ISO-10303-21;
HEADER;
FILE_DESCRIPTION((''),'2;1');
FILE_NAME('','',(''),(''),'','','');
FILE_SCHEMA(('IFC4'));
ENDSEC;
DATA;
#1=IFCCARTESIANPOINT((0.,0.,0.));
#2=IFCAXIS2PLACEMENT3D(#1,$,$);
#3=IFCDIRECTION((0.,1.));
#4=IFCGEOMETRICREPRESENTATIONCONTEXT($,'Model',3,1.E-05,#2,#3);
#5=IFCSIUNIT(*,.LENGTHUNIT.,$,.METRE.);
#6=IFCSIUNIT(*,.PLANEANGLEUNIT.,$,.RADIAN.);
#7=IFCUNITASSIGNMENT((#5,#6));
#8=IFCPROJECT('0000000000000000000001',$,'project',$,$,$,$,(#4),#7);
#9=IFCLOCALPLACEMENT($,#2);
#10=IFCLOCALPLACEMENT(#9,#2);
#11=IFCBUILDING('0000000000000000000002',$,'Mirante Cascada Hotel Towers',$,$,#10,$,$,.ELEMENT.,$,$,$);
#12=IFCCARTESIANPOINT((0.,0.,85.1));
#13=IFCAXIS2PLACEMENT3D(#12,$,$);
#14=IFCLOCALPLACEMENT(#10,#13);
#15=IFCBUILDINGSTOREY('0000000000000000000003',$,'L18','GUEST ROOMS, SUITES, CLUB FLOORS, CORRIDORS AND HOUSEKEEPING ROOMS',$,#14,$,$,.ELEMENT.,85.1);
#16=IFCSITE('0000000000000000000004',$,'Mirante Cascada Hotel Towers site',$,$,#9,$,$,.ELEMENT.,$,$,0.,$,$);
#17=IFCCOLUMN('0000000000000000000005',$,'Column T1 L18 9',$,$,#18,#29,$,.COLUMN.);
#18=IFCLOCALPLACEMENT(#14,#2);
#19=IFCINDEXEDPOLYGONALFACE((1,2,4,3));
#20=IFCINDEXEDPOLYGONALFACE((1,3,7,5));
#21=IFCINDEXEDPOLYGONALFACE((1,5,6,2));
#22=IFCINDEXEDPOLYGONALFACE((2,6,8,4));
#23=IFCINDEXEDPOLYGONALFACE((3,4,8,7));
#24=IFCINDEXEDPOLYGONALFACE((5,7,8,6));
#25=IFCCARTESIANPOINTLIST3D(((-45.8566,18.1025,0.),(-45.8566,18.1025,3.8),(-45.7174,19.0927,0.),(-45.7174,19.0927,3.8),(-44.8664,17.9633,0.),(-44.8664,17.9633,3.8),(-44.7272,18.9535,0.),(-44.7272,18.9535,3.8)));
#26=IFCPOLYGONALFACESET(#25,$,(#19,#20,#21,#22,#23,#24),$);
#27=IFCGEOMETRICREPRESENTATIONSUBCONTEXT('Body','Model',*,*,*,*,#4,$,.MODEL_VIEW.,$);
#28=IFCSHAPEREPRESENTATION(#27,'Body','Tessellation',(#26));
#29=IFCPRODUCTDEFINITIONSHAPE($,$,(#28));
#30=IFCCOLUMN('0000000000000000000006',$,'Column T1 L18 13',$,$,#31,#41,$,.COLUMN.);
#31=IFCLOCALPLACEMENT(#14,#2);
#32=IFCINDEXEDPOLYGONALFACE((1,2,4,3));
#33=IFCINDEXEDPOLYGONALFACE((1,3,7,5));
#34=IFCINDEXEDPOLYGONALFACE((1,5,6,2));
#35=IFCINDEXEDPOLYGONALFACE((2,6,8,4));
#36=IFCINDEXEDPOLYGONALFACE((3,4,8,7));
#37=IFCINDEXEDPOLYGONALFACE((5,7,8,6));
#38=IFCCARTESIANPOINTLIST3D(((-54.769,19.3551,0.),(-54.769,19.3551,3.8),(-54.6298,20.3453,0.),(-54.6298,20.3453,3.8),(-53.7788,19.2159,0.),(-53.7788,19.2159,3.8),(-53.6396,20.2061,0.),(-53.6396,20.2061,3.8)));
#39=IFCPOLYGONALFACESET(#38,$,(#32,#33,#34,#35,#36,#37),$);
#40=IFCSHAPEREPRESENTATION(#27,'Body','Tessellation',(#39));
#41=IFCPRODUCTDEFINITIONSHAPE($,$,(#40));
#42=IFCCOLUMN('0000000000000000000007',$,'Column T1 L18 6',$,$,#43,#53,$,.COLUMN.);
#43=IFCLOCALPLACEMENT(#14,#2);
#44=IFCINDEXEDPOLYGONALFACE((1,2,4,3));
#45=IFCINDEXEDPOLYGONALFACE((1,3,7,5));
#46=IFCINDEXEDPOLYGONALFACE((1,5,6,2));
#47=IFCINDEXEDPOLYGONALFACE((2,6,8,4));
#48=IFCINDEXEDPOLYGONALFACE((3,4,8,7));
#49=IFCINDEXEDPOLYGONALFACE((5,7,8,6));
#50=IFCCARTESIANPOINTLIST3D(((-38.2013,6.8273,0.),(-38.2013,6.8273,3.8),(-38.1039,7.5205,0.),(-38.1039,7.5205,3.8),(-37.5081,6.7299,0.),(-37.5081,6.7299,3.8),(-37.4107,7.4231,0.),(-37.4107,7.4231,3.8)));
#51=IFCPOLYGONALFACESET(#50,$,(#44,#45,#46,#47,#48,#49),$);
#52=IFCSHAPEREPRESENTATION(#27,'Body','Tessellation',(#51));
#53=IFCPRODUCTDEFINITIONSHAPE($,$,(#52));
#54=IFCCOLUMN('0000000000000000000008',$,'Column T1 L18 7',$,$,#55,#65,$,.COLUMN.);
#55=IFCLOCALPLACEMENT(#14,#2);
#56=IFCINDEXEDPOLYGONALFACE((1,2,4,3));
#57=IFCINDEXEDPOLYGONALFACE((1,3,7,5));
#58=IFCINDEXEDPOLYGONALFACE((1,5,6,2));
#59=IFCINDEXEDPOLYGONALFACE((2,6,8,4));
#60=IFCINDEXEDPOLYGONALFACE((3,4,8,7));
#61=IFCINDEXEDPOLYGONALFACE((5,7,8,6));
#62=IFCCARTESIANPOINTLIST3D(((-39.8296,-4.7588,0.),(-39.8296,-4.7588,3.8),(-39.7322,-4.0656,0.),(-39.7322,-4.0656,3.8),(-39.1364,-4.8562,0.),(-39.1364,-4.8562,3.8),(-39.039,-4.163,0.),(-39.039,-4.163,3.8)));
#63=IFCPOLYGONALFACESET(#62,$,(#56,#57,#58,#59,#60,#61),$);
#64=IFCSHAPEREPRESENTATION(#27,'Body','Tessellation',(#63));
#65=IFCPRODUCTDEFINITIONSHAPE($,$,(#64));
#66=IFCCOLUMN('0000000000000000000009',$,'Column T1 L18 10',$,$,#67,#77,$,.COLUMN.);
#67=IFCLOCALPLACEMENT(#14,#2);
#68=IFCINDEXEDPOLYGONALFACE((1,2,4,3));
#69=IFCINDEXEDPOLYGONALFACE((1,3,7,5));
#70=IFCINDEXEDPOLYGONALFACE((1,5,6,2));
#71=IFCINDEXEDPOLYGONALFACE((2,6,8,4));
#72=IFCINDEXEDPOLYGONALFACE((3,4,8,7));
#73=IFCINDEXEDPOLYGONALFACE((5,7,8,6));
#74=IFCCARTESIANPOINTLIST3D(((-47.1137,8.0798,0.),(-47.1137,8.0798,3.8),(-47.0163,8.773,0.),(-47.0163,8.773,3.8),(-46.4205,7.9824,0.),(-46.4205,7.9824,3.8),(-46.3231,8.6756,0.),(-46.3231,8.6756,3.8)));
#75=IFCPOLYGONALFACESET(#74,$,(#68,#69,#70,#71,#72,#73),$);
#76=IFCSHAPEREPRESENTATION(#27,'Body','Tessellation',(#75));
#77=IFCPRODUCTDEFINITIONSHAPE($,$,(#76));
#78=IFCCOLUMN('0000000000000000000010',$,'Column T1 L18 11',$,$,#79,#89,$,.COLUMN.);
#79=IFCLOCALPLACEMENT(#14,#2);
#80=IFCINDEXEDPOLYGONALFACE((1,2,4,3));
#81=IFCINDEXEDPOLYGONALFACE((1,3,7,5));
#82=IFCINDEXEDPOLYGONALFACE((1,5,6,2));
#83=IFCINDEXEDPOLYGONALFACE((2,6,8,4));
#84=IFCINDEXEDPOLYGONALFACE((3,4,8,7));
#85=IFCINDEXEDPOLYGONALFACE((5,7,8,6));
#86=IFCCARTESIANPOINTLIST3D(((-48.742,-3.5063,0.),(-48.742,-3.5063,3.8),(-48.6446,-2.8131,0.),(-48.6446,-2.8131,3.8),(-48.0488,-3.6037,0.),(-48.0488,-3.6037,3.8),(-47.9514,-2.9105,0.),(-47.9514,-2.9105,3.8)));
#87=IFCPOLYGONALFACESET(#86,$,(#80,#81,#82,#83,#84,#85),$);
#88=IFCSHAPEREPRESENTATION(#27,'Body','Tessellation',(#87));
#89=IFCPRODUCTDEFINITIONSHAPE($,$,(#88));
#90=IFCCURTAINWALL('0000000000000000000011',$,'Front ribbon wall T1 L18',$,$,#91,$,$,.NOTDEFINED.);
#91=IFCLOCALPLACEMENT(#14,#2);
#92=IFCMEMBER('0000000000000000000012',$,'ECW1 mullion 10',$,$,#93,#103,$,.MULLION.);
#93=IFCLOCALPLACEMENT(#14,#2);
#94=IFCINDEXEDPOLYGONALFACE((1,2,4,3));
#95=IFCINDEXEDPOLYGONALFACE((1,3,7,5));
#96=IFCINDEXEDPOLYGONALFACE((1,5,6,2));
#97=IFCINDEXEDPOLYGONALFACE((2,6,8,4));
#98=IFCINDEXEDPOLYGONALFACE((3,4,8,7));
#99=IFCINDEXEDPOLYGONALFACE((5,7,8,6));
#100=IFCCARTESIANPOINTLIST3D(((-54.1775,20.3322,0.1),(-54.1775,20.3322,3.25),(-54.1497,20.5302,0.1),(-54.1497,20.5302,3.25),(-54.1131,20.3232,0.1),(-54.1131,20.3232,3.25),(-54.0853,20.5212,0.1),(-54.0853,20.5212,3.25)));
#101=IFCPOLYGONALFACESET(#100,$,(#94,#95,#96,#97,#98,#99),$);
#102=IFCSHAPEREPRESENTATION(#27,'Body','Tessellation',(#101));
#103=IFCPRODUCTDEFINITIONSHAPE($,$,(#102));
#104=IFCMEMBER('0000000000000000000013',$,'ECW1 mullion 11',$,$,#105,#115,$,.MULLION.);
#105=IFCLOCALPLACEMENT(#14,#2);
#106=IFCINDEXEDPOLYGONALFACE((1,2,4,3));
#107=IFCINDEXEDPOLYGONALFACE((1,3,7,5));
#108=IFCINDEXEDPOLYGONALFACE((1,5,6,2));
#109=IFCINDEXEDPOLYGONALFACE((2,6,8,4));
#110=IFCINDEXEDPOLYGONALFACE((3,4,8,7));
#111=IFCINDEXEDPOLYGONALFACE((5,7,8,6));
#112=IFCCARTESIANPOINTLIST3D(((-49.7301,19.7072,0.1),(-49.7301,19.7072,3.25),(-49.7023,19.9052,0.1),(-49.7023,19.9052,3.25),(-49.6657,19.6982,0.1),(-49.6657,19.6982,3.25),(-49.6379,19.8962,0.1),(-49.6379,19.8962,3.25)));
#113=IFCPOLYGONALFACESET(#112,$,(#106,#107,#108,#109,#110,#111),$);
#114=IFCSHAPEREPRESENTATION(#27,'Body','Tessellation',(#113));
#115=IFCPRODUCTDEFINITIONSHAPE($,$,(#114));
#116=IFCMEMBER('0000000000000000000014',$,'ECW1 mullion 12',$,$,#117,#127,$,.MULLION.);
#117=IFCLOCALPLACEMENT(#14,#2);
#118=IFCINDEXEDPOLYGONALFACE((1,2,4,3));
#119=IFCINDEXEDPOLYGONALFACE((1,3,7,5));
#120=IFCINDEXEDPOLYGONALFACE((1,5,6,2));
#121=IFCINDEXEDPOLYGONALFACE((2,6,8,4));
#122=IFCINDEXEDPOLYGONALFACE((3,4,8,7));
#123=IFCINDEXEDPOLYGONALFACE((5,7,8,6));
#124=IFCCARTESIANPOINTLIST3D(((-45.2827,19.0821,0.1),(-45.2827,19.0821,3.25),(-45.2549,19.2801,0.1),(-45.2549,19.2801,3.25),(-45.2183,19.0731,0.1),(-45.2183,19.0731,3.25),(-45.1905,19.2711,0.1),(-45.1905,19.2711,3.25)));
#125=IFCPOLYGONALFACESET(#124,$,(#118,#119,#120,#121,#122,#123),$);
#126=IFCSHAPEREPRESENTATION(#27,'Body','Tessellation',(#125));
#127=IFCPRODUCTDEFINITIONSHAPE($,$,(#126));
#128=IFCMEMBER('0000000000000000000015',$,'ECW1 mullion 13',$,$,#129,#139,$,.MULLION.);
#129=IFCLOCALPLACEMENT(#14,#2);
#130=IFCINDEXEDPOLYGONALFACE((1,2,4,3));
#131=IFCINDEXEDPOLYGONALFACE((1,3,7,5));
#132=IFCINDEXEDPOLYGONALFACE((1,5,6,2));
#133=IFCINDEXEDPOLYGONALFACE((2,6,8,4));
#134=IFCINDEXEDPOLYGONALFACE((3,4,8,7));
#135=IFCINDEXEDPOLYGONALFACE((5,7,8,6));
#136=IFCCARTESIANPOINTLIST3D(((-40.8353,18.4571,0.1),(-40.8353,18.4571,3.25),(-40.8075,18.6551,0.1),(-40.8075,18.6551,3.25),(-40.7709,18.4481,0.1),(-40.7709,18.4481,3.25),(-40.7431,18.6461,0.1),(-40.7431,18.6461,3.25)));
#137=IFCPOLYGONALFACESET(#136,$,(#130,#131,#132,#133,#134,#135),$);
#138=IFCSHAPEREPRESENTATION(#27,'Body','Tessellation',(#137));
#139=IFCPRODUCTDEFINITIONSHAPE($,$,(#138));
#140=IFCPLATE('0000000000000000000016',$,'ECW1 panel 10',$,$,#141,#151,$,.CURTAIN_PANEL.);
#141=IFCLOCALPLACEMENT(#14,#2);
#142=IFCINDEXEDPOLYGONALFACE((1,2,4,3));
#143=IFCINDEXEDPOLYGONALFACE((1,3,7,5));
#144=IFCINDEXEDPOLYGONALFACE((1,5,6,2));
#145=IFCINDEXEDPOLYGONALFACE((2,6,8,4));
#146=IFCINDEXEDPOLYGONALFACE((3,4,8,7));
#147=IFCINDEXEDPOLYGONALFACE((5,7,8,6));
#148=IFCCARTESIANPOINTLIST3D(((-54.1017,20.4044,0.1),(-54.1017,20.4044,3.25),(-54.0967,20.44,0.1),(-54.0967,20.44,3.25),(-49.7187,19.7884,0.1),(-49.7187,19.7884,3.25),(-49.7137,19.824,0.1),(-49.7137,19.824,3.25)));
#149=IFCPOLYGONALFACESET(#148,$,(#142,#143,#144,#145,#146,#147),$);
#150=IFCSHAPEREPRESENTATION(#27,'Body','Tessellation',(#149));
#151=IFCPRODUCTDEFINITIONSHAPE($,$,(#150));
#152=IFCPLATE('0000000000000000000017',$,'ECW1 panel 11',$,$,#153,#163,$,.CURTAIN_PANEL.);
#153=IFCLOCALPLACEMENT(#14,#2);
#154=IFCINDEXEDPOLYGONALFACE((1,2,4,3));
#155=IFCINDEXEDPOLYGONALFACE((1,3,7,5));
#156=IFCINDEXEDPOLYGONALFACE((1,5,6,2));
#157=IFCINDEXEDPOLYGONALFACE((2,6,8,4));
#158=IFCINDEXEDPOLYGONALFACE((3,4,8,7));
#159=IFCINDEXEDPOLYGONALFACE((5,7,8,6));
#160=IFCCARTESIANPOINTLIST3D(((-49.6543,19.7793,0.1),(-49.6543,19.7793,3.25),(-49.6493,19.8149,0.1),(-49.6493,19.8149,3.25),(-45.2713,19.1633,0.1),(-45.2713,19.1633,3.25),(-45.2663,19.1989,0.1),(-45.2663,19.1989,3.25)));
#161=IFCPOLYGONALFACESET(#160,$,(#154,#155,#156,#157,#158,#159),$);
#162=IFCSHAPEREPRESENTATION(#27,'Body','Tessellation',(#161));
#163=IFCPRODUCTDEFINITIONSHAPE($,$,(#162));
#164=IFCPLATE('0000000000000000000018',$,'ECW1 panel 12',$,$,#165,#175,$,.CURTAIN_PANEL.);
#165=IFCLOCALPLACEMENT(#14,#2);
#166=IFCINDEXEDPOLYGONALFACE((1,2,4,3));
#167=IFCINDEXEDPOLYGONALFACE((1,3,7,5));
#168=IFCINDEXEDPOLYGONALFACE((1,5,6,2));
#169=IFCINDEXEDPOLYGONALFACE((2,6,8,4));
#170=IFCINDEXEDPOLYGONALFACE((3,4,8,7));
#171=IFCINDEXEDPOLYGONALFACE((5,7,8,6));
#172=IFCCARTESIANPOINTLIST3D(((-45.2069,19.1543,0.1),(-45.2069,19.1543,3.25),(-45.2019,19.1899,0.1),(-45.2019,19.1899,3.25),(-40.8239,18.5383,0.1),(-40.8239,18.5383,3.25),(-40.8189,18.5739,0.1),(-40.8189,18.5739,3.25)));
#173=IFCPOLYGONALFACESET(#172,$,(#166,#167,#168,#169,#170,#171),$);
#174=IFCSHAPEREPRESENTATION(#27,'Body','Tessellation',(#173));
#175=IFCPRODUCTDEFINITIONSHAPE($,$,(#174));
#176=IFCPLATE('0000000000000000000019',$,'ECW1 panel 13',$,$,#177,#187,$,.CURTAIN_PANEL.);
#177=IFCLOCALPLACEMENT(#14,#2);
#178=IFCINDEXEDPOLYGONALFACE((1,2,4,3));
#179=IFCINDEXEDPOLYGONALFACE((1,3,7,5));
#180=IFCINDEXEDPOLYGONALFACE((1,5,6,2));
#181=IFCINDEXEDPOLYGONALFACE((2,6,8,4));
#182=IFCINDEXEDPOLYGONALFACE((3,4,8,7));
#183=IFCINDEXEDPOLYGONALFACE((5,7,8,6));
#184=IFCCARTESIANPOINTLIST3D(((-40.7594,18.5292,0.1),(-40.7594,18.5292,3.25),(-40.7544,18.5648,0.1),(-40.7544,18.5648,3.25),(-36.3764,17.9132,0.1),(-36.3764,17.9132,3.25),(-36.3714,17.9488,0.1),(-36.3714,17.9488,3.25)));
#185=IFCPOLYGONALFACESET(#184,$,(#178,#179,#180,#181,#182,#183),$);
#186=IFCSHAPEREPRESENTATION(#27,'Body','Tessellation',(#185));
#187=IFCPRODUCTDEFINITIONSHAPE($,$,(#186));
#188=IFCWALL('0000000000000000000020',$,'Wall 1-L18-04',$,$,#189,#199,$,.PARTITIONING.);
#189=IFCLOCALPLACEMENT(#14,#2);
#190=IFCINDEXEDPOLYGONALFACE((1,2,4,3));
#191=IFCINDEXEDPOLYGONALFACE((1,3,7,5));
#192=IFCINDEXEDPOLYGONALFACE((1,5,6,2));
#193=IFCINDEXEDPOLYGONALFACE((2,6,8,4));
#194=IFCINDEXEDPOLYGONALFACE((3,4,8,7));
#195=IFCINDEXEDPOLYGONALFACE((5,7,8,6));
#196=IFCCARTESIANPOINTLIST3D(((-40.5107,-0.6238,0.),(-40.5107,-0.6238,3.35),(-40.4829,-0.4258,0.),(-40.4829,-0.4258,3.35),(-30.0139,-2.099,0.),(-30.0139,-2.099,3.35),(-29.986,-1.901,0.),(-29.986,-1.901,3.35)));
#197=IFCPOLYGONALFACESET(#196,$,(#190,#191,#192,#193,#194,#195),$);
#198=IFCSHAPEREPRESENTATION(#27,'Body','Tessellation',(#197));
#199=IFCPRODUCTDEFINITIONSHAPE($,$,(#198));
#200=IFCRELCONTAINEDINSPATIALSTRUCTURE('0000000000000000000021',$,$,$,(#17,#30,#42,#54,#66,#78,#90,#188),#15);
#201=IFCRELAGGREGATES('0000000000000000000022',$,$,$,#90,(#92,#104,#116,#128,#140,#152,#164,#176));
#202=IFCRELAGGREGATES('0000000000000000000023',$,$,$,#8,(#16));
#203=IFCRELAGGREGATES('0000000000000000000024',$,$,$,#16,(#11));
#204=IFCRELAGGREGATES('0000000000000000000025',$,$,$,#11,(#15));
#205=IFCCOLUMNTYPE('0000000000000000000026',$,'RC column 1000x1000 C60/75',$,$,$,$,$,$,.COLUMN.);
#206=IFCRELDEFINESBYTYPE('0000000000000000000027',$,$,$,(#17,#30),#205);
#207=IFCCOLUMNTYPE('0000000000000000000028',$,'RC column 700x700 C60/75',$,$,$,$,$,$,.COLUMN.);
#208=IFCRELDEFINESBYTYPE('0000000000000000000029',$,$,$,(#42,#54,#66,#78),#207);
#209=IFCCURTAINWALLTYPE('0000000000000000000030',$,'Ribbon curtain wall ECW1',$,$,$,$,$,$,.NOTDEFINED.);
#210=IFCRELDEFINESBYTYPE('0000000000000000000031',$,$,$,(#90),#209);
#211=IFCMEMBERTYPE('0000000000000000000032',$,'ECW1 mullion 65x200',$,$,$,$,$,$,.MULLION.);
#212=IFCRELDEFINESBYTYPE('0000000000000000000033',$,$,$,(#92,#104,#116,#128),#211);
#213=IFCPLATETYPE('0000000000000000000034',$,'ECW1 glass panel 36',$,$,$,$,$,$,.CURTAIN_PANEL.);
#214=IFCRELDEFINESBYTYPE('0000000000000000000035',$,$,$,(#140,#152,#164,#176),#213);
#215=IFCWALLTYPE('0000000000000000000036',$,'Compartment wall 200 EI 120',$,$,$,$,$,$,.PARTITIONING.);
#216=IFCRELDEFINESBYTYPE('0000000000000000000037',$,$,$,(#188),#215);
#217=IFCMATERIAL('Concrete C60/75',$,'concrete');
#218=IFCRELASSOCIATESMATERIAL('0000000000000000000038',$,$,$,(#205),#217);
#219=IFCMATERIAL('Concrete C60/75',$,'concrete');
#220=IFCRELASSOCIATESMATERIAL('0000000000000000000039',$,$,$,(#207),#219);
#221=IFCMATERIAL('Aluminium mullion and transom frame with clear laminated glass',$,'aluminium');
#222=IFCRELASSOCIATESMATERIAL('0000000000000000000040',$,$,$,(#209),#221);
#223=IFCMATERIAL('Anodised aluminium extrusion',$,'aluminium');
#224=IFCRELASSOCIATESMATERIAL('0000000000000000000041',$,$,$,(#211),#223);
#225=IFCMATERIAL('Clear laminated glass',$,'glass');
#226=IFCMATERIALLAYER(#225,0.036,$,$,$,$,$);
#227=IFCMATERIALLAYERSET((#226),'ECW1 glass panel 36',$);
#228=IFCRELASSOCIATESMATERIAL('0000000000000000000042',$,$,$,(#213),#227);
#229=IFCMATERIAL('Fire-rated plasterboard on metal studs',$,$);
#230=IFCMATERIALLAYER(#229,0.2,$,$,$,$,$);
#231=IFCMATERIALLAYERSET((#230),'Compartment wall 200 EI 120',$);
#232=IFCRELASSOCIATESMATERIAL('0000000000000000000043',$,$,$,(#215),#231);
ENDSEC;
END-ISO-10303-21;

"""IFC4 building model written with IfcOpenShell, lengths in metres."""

from ifc_helpers import new_model, si_unit, direction, frame, frame_2d, origin, origin_2d, place, context, subcontext, project, spatial, rectangle, extrude, material, layer, layer_set, material_profile, profile_set, type_object, element, aggregate, save


model = new_model("IFC4")

# Units and contexts
model_context = context("Model", 3, precision=1e-05, world=origin(), true_north=direction((0.0, 1.0)))
body_context = subcontext(model_context, "Body", "Model", "MODEL_VIEW")
ifc_project = project(units=[si_unit("LENGTHUNIT", "METRE"), si_unit("PLANEANGLEUNIT", "RADIAN")], contexts=[model_context])

# Site, building, storey
site_placement = place(None, origin())
site = spatial("IfcSite", under=ifc_project, at=site_placement, Name="Mirante Cascada Hotel Towers site", CompositionType="ELEMENT", RefElevation=0.0)
building_placement = place(site_placement, origin())
building = spatial("IfcBuilding", under=site, at=building_placement, Name="Mirante Cascada Hotel Towers", CompositionType="ELEMENT")
storey_placement = place(building_placement, frame((0.0, 0.0, 85.1)))
storey = spatial("IfcBuildingStorey", under=building, at=storey_placement, Name="L18", Description="GUEST ROOMS, SUITES, CLUB FLOORS, CORRIDORS AND HOUSEKEEPING ROOMS", CompositionType="ELEMENT", Elevation=85.1)

# Columns
ifc_material_1 = material(Name="Concrete C60/75", Category="concrete")
ifc_material_profile_1 = material_profile(ifc_material_1, rectangle(XDim=1.0, YDim=1.0, at=origin_2d()), Name="RC column 1000x1000 C60/75")
ifc_profile_set_1 = profile_set([ifc_material_profile_1], Name="Concrete C60/75")
column_type_1 = type_object("IfcColumnType", Name="RC column 1000x1000 C60/75", PredefinedType="COLUMN", material=ifc_profile_set_1)
for number, where, z_axis, x_axis, name in (
    (1, (-45.2919, 18.528, 0.0), (0.0, 0.0, 1.0), (-0.990268, 0.139173, 0.0), "Column T1 L18 9"),
    (2, (-54.2043, 19.7806, 0.0), (0.0, 0.0, 1.0), (-0.990268, 0.139173, 0.0), "Column T1 L18 13"),
):
    element("IfcColumn", number, at=place(storey_placement, frame(where, z_axis=z_axis, x_axis=x_axis)), inside=storey, type_object=column_type_1, Name=name, PredefinedType="COLUMN", context=body_context, shape_type="SweptSolid", body=[
        extrude(rectangle(XDim=1.0, YDim=1.0, at=origin_2d()), origin(), (0.0, 0.0, 1.0), 3.8),
    ])
ifc_material_2 = material(Name="Concrete C60/75", Category="concrete")
ifc_material_profile_2 = material_profile(ifc_material_2, rectangle(XDim=0.7, YDim=0.7, at=origin_2d()), Name="RC column 700x700 C60/75")
ifc_profile_set_2 = profile_set([ifc_material_profile_2], Name="Concrete C60/75")
column_type_2 = type_object("IfcColumnType", Name="RC column 700x700 C60/75", PredefinedType="COLUMN", material=ifc_profile_set_2)
for number, where, z_axis, x_axis, name in (
    (3, (-37.806, 7.1252, 0.0), (0.0, 0.0, 1.0), (-0.990268, 0.139173, 0.0), "Column T1 L18 6"),
    (4, (-39.4343, -4.4609, 0.0), (0.0, 0.0, 1.0), (-0.990268, 0.139173, 0.0), "Column T1 L18 7"),
    (5, (-46.7184, 8.3777, 0.0), (0.0, 0.0, 1.0), (-0.990268, 0.139173, 0.0), "Column T1 L18 10"),
    (6, (-48.3467, -3.2084, 0.0), (0.0, 0.0, 1.0), (-0.990268, 0.139173, 0.0), "Column T1 L18 11"),
):
    element("IfcColumn", number, at=place(storey_placement, frame(where, z_axis=z_axis, x_axis=x_axis)), inside=storey, type_object=column_type_2, Name=name, PredefinedType="COLUMN", context=body_context, shape_type="SweptSolid", body=[
        extrude(rectangle(XDim=0.7, YDim=0.7, at=origin_2d()), origin(), (0.0, 0.0, 1.0), 3.8),
    ])

# Curtain wall, members, plates
ifc_material_3 = material(Name="Aluminium mullion and transom frame with clear laminated glass", Category="aluminium")
curtain_wall_type = type_object("IfcCurtainWallType", Name="Ribbon curtain wall ECW1", PredefinedType="NOTDEFINED", material=ifc_material_3)
curtain_wall_placement = place(storey_placement, origin())
curtain_wall = element("IfcCurtainWall", 7, at=curtain_wall_placement, inside=storey, type_object=curtain_wall_type, Name="Front ribbon wall T1 L18", PredefinedType="NOTDEFINED")
ifc_material_4 = material(Name="Anodised aluminium extrusion", Category="aluminium")
ifc_material_profile_3 = material_profile(ifc_material_4, rectangle(XDim=0.2, YDim=0.065, at=origin_2d()), Name="ECW1 MULLION 65x200")
ifc_profile_set_3 = profile_set([ifc_material_profile_3], Name="Anodised aluminium extrusion")
member_type = type_object("IfcMemberType", Name="ECW1 mullion 65x200", PredefinedType="MULLION", material=ifc_profile_set_3)
member_1_placement = place(storey_placement, frame((-54.1314, 20.4267, 0.1), z_axis=(0.0, 0.0, 1.0), x_axis=(0.139173, 0.990268, 0.0)))
member_1 = element("IfcMember", 8, at=member_1_placement, type_object=member_type, Name="ECW1 mullion 10", PredefinedType="MULLION", context=body_context, shape_type="SweptSolid", body=[
    extrude(rectangle(XDim=0.2, YDim=0.065, at=origin_2d()), origin(), (0.0, 0.0, 1.0), 3.15),
])
member_2_placement = place(storey_placement, frame((-49.684, 19.8017, 0.1), z_axis=(0.0, 0.0, 1.0), x_axis=(0.139173, 0.990268, 0.0)))
member_2 = element("IfcMember", 9, at=member_2_placement, type_object=member_type, Name="ECW1 mullion 11", PredefinedType="MULLION", context=body_context, shape_type="SweptSolid", body=[
    extrude(rectangle(XDim=0.2, YDim=0.065, at=origin_2d()), origin(), (0.0, 0.0, 1.0), 3.15),
])
member_3_placement = place(storey_placement, frame((-45.2366, 19.1766, 0.1), z_axis=(0.0, 0.0, 1.0), x_axis=(0.139173, 0.990268, 0.0)))
member_3 = element("IfcMember", 10, at=member_3_placement, type_object=member_type, Name="ECW1 mullion 12", PredefinedType="MULLION", context=body_context, shape_type="SweptSolid", body=[
    extrude(rectangle(XDim=0.2, YDim=0.065, at=origin_2d()), origin(), (0.0, 0.0, 1.0), 3.15),
])
member_4_placement = place(storey_placement, frame((-40.7892, 18.5516, 0.1), z_axis=(0.0, 0.0, 1.0), x_axis=(0.139173, 0.990268, 0.0)))
member_4 = element("IfcMember", 11, at=member_4_placement, type_object=member_type, Name="ECW1 mullion 13", PredefinedType="MULLION", context=body_context, shape_type="SweptSolid", body=[
    extrude(rectangle(XDim=0.2, YDim=0.065, at=origin_2d()), origin(), (0.0, 0.0, 1.0), 3.15),
])
ifc_material_5 = material(Name="Clear laminated glass", Category="glass")
ifc_layer_1 = layer(ifc_material_5, 0.036)
ifc_layer_set_1 = layer_set([ifc_layer_1], Name="ECW1 glass panel 36")
plate_type = type_object("IfcPlateType", Name="ECW1 glass panel 36", PredefinedType="CURTAIN_PANEL", material=ifc_layer_set_1)
plate_1_placement = place(storey_placement, frame((-51.9077, 20.1142, 0.1), z_axis=(0.0, 0.0, 1.0), x_axis=(0.990268, -0.139173, 0.0)))
plate_1 = element("IfcPlate", 12, at=plate_1_placement, type_object=plate_type, Name="ECW1 panel 10", PredefinedType="CURTAIN_PANEL", context=body_context, shape_type="SweptSolid", body=[
    extrude(rectangle(XDim=4.4261, YDim=0.036, at=origin_2d()), origin(), (0.0, 0.0, 1.0), 3.15),
])
plate_2_placement = place(storey_placement, frame((-47.4603, 19.4891, 0.1), z_axis=(0.0, 0.0, 1.0), x_axis=(0.990268, -0.139173, 0.0)))
plate_2 = element("IfcPlate", 13, at=plate_2_placement, type_object=plate_type, Name="ECW1 panel 11", PredefinedType="CURTAIN_PANEL", context=body_context, shape_type="SweptSolid", body=[
    extrude(rectangle(XDim=4.4261, YDim=0.036, at=origin_2d()), origin(), (0.0, 0.0, 1.0), 3.15),
])
plate_3_placement = place(storey_placement, frame((-43.0129, 18.8641, 0.1), z_axis=(0.0, 0.0, 1.0), x_axis=(0.990268, -0.139173, 0.0)))
plate_3 = element("IfcPlate", 14, at=plate_3_placement, type_object=plate_type, Name="ECW1 panel 12", PredefinedType="CURTAIN_PANEL", context=body_context, shape_type="SweptSolid", body=[
    extrude(rectangle(XDim=4.4261, YDim=0.036, at=origin_2d()), origin(), (0.0, 0.0, 1.0), 3.15),
])
plate_4_placement = place(storey_placement, frame((-38.5654, 18.239, 0.1), z_axis=(0.0, 0.0, 1.0), x_axis=(0.990268, -0.139173, 0.0)))
plate_4 = element("IfcPlate", 15, at=plate_4_placement, type_object=plate_type, Name="ECW1 panel 13", PredefinedType="CURTAIN_PANEL", context=body_context, shape_type="SweptSolid", body=[
    extrude(rectangle(XDim=4.4261, YDim=0.036, at=origin_2d()), origin(), (0.0, 0.0, 1.0), 3.15),
])
aggregate(curtain_wall, [member_1, member_2, member_3, member_4, plate_1, plate_2, plate_3, plate_4])

# Wall
ifc_material_6 = material(Name="Fire-rated plasterboard on metal studs")
ifc_layer_2 = layer(ifc_material_6, 0.2)
ifc_layer_set_2 = layer_set([ifc_layer_2], Name="Compartment wall 200 EI 120")
wall_type_1 = type_object("IfcWallType", Name="Compartment wall 200 EI 120", PredefinedType="PARTITIONING", material=ifc_layer_set_2)
wall_1_placement = place(storey_placement, frame((-40.4968, -0.5248, 0.0), z_axis=(0.0, 0.0, 1.0), x_axis=(0.990268, -0.13917, 0.0)))
element("IfcWall", 16, at=wall_1_placement, inside=storey, type_object=wall_type_1, Name="Wall 1-L18-04", PredefinedType="PARTITIONING", context=body_context, shape_type="SweptSolid", body=[
    extrude(rectangle(XDim=10.6, YDim=0.2, at=frame_2d((5.3, 0.0))), origin(), (0.0, 0.0, 1.0), 3.35),
])

save(model, "model.ifc")
